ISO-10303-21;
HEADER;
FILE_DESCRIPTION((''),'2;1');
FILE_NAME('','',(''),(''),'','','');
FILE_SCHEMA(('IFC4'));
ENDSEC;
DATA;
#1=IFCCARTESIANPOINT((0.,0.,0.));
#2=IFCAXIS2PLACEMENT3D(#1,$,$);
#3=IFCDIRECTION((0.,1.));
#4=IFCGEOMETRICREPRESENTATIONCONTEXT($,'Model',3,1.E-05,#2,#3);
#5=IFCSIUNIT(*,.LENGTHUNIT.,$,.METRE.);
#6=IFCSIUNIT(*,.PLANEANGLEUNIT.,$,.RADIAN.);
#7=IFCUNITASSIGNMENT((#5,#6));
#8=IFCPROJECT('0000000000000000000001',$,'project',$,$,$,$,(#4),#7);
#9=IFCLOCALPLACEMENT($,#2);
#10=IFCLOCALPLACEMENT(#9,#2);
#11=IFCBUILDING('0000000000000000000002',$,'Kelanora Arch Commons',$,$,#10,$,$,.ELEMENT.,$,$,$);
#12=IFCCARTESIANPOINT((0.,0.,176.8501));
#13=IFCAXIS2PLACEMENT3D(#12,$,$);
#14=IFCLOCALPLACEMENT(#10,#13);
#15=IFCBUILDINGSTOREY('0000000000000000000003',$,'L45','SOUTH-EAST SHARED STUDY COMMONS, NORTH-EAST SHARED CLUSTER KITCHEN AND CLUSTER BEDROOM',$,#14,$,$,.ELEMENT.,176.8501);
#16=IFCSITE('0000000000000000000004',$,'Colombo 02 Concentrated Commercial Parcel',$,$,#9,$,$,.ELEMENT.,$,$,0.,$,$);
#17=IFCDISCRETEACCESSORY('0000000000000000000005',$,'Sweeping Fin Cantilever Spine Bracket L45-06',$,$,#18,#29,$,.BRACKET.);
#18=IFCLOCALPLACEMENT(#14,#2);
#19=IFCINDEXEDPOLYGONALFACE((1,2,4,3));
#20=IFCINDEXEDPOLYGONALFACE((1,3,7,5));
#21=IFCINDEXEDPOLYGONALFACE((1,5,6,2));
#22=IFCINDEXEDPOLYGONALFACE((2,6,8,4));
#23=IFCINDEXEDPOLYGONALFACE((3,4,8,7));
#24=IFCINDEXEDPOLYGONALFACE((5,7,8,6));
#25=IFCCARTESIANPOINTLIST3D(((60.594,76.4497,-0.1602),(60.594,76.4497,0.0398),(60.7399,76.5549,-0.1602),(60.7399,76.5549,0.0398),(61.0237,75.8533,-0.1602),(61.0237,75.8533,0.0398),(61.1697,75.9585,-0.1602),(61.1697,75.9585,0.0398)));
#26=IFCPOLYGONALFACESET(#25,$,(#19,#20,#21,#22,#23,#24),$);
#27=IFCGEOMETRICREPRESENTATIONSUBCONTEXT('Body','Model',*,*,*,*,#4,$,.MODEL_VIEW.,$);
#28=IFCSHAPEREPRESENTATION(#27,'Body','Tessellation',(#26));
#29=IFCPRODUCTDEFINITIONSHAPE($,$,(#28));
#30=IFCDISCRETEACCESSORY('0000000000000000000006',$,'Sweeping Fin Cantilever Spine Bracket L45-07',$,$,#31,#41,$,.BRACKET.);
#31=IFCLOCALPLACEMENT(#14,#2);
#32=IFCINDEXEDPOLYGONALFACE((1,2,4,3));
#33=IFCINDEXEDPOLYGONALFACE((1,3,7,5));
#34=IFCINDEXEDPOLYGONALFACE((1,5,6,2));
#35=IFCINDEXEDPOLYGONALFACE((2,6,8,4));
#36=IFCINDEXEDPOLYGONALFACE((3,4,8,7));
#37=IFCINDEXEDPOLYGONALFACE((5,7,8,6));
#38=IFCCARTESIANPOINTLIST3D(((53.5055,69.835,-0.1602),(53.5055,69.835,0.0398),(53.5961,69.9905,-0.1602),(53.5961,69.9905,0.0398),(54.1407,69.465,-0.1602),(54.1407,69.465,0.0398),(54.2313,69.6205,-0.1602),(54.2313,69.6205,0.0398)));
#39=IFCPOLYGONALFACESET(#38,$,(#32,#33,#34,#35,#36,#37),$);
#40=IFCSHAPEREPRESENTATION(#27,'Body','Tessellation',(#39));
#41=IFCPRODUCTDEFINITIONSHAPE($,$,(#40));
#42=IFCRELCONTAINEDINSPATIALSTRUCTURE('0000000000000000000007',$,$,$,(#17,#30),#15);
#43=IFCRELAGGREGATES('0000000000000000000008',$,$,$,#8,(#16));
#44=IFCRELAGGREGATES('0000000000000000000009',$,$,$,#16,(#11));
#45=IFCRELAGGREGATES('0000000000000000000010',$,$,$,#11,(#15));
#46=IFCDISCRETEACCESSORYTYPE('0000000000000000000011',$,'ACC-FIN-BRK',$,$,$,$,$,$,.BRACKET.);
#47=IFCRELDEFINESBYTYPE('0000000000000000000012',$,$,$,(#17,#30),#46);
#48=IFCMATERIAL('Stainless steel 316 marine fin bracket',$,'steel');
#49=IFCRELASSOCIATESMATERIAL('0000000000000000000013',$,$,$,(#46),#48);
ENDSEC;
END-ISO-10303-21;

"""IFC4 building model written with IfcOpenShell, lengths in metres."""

from ifc_helpers import new_model, si_unit, direction, frame, origin, origin_2d, place, context, subcontext, project, spatial, rectangle, extrude, source, transform, mapped, material, type_object, element, save


model = new_model("IFC4")

# Units and contexts
model_context = context("Model", 3, precision=1e-05, world=origin(), true_north=direction((0.0, 1.0)))
body_context = subcontext(model_context, "Body", "Model", "MODEL_VIEW")
ifc_project = project(units=[si_unit("LENGTHUNIT", "METRE"), si_unit("PLANEANGLEUNIT", "RADIAN")], contexts=[model_context])

# Site, building, storey
site_placement = place(None, origin())
site = spatial("IfcSite", under=ifc_project, at=site_placement, Name="Colombo 02 Concentrated Commercial Parcel", CompositionType="ELEMENT", RefElevation=0.0)
building_placement = place(site_placement, origin())
building = spatial("IfcBuilding", under=site, at=building_placement, Name="Kelanora Arch Commons", CompositionType="ELEMENT")
storey_placement = place(building_placement, frame((0.0, 0.0, 176.8501)))
storey = spatial("IfcBuildingStorey", under=building, at=storey_placement, Name="L45", Description="SOUTH-EAST SHARED STUDY COMMONS, NORTH-EAST SHARED CLUSTER KITCHEN AND CLUSTER BEDROOM", CompositionType="ELEMENT", Elevation=176.8501)

# Discrete accessories
ifc_material_1 = material(Name="Stainless steel 316 marine fin bracket", Category="steel")
discrete_accessory_type = type_object("IfcDiscreteAccessoryType", Name="ACC-FIN-BRK", PredefinedType="BRACKET", material=ifc_material_1)
shared_shape_1 = source(origin(), body_context, "Body", "SweptSolid", [
    extrude(rectangle(XDim=0.7351, YDim=0.1799, at=origin_2d()), origin(), (0.0, 0.0, 1.0), 0.2),
])
for number, where, z_axis, x_axis, name in (
    (1, (60.8818, 76.2041, -0.1602), (0.0, 0.0, 1.0), (-0.584675, 0.811268, 0.0), "Sweeping Fin Cantilever Spine Bracket L45-06"),
    (2, (53.8684, 69.7278, -0.1602), (0.0, 0.0, 1.0), (-0.864099, 0.503322, 0.0), "Sweeping Fin Cantilever Spine Bracket L45-07"),
):
    element("IfcDiscreteAccessory", number, at=place(storey_placement, frame(where, z_axis=z_axis, x_axis=x_axis)), inside=storey, type_object=discrete_accessory_type, Name=name, PredefinedType="BRACKET", context=body_context, shape_type="MappedRepresentation", body=[
        mapped(shared_shape_1, transform((0.0, 0.0, 0.0), scale=1.0)),
    ])

save(model, "model.ifc")
